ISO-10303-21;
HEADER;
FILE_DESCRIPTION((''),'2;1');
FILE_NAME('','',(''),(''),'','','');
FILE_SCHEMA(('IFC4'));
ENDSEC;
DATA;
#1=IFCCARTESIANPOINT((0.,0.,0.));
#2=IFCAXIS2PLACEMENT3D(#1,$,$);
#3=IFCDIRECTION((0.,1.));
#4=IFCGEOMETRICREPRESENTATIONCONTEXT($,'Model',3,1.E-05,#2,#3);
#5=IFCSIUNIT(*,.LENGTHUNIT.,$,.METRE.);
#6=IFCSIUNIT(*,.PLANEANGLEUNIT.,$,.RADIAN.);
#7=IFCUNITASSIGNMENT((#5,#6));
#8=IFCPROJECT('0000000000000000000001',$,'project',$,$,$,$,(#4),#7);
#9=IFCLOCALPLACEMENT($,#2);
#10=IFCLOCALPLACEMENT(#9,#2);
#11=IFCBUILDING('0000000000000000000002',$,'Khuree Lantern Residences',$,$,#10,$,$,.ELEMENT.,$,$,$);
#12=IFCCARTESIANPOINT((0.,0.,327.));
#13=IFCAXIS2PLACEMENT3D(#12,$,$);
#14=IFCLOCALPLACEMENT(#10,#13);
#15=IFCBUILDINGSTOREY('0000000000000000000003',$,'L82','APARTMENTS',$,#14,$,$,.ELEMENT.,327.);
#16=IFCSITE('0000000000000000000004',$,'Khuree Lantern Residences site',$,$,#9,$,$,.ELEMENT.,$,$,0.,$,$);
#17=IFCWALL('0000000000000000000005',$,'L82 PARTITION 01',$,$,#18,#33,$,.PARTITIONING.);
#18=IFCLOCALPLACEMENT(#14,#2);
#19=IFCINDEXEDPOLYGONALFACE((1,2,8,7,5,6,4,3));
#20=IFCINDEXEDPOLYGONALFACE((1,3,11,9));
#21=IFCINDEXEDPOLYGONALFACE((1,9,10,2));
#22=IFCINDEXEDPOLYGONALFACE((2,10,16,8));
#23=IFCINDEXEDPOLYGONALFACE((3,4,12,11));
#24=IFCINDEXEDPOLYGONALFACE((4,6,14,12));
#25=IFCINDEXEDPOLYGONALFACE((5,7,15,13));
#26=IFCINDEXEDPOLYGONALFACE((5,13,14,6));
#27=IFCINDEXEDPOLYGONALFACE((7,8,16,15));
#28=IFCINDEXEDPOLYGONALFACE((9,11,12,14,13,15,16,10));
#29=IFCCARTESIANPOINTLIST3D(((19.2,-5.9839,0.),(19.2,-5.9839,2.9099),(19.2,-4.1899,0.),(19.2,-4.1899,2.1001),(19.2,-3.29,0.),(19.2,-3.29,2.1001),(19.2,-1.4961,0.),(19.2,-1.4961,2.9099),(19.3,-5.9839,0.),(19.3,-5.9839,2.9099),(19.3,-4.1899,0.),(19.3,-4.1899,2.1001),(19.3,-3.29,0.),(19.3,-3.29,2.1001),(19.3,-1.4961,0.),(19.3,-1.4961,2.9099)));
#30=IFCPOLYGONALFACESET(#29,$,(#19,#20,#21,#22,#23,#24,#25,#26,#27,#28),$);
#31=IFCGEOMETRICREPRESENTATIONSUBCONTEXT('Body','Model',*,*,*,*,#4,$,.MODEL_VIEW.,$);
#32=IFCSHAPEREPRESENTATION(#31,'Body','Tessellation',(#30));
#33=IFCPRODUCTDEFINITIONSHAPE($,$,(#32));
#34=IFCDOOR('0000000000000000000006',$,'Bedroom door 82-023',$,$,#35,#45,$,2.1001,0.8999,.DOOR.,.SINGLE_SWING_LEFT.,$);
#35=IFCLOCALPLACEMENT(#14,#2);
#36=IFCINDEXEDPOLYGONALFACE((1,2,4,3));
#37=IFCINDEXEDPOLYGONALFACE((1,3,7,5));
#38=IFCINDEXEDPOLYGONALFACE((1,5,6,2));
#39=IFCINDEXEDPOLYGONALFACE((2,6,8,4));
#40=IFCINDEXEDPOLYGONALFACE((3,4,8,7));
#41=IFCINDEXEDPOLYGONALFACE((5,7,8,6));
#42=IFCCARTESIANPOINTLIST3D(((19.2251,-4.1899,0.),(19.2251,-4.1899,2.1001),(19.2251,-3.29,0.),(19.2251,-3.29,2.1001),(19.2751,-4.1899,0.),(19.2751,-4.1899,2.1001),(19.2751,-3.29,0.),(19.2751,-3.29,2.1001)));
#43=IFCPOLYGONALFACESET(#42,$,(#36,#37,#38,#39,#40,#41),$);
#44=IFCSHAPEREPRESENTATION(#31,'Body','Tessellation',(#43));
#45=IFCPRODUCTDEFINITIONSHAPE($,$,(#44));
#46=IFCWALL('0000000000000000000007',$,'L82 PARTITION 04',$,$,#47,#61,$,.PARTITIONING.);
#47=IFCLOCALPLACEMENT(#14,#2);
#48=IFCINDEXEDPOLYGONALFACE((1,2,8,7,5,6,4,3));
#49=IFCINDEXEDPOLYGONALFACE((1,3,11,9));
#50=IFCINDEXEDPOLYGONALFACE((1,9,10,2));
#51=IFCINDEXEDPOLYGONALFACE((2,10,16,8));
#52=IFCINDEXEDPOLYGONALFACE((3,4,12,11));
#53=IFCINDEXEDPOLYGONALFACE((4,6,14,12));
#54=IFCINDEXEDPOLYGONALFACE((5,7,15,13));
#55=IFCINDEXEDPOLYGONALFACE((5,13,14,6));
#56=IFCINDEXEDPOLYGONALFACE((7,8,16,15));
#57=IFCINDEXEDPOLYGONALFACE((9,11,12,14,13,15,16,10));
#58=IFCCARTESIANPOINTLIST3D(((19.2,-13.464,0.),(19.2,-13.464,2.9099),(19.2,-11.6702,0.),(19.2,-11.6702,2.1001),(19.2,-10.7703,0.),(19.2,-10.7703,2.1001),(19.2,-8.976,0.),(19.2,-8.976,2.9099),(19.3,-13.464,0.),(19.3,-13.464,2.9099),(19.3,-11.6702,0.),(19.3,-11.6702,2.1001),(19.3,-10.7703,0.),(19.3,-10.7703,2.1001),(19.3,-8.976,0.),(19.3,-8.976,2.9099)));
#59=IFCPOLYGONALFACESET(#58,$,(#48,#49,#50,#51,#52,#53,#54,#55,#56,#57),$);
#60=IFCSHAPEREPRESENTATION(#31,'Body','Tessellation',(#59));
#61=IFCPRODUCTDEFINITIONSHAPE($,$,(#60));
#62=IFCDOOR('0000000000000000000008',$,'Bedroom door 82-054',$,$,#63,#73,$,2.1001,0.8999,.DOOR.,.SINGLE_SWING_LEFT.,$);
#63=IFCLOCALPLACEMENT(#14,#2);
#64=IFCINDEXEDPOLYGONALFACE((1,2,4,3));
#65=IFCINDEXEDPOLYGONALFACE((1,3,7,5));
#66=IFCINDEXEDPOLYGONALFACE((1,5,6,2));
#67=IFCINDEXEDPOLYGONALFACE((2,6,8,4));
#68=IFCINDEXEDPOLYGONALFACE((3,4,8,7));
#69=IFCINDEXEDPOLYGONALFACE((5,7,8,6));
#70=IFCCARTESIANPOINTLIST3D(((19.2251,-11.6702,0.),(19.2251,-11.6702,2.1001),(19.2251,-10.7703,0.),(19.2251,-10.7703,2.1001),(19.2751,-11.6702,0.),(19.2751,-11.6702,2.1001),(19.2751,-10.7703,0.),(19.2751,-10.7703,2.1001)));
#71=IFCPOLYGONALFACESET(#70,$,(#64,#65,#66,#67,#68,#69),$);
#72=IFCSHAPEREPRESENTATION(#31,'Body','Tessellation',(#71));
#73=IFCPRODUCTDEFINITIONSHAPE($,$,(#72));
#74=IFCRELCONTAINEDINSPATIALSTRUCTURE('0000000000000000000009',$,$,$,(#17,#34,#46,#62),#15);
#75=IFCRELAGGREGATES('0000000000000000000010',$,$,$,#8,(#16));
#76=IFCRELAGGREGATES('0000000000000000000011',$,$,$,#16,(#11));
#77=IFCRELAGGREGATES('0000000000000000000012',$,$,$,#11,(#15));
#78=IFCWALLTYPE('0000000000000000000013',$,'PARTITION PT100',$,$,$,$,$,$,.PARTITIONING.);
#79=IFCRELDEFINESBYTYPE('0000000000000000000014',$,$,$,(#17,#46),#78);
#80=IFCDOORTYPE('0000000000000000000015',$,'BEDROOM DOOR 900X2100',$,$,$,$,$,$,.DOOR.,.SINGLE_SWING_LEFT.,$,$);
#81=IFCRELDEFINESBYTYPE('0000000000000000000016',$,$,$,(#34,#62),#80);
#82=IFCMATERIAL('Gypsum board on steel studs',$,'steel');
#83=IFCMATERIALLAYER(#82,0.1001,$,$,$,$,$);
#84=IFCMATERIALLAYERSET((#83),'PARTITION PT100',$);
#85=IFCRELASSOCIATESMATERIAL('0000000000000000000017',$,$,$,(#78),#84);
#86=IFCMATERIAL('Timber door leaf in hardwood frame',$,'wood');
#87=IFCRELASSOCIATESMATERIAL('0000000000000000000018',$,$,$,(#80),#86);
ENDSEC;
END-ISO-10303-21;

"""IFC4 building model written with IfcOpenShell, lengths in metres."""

from ifc_helpers import new_model, si_unit, direction, frame, frame_2d, origin, place, context, subcontext, project, spatial, rectangle, extrude, material, layer, layer_set, type_object, element, fill, save


model = new_model("IFC4")

# Units and contexts
model_context = context("Model", 3, precision=1e-05, world=origin(), true_north=direction((0.0, 1.0)))
body_context = subcontext(model_context, "Body", "Model", "MODEL_VIEW")
ifc_project = project(units=[si_unit("LENGTHUNIT", "METRE"), si_unit("PLANEANGLEUNIT", "RADIAN")], contexts=[model_context])

# Site, building, storey
site_placement = place(None, origin())
site = spatial("IfcSite", under=ifc_project, at=site_placement, Name="Khuree Lantern Residences site", CompositionType="ELEMENT", RefElevation=0.0)
building_placement = place(site_placement, origin())
building = spatial("IfcBuilding", under=site, at=building_placement, Name="Khuree Lantern Residences", CompositionType="ELEMENT")
storey_placement = place(building_placement, frame((0.0, 0.0, 327.0)))
storey = spatial("IfcBuildingStorey", under=building, at=storey_placement, Name="L82", Description="APARTMENTS", CompositionType="ELEMENT", Elevation=327.0)

# Shared definitions
ifc_material_1 = material(Name="Gypsum board on steel studs", Category="steel")

# Shared definitions
ifc_material_2 = material(Name="Timber door leaf in hardwood frame", Category="wood")

# Shared definitions
ifc_layer_1 = layer(ifc_material_1, 0.1001)
ifc_layer_set_1 = layer_set([ifc_layer_1], Name="PARTITION PT100")
wall_type_1 = type_object("IfcWallType", Name="PARTITION PT100", PredefinedType="PARTITIONING", material=ifc_layer_set_1)

# Walls, openings, doors
wall_1_placement = place(storey_placement, frame((19.25, -5.9839, 0.0), z_axis=(0.0, 0.0, 1.0), x_axis=(0.0, 1.0, 0.0)))
wall_1 = element("IfcWall", 1, at=wall_1_placement, inside=storey, type_object=wall_type_1, Name="L82 PARTITION 01", PredefinedType="PARTITIONING", context=body_context, shape_type="SweptSolid", body=[
    extrude(rectangle(XDim=4.4878, YDim=0.1001, at=frame_2d((2.2439, 0.0))), origin(), (0.0, 0.0, 1.0), 2.9099),
])
opening_1_placement = place(wall_1_placement, frame((1.7939, 0.0, 0.0)))
opening_1 = element("IfcOpeningElement", 2, at=opening_1_placement, cuts=wall_1, PredefinedType="OPENING", context=body_context, shape_type="SweptSolid", body=[
    extrude(rectangle(XDim=0.8999, YDim=2.1001, at=frame_2d((0.45, 1.05))), frame((0.0, 0.0601, 0.0), z_axis=(0.0, -1.0, 0.0), x_axis=(1.0, 0.0, 0.0)), (0.0, 0.0, 1.0), 0.1201),
])
door_type_1 = type_object("IfcDoorType", Name="BEDROOM DOOR 900X2100", OperationType="SINGLE_SWING_LEFT", PredefinedType="DOOR", material=ifc_material_2)
door_1_placement = place(opening_1_placement, origin())
door_1 = element("IfcDoor", 3, at=door_1_placement, inside=storey, type_object=door_type_1, Name="Bedroom door 82-023", OperationType="SINGLE_SWING_LEFT", OverallHeight=2.1001, OverallWidth=0.8999, PredefinedType="DOOR", context=body_context, shape_type="SweptSolid", body=[
    extrude(rectangle(XDim=0.8999, YDim=2.1001, at=frame_2d((0.45, 1.05))), frame((0.0, 0.0249, 0.0), z_axis=(0.0, -1.0, 0.0), x_axis=(1.0, 0.0, 0.0)), (0.0, 0.0, 1.0), 0.05),
])
fill(opening_1, door_1)
wall_2_placement = place(storey_placement, frame((19.25, -13.4641, 0.0), z_axis=(0.0, 0.0, 1.0), x_axis=(0.0, 1.0, 0.0)))
wall_2 = element("IfcWall", 4, at=wall_2_placement, inside=storey, type_object=wall_type_1, Name="L82 PARTITION 04", PredefinedType="PARTITIONING", context=body_context, shape_type="SweptSolid", body=[
    extrude(rectangle(XDim=4.488, YDim=0.1001, at=frame_2d((2.2441, 0.0))), origin(), (0.0, 0.0, 1.0), 2.9099),
])
opening_2_placement = place(wall_2_placement, frame((1.7939, 0.0, 0.0)))
opening_2 = element("IfcOpeningElement", 5, at=opening_2_placement, cuts=wall_2, PredefinedType="OPENING", context=body_context, shape_type="SweptSolid", body=[
    extrude(rectangle(XDim=0.8999, YDim=2.1001, at=frame_2d((0.45, 1.05))), frame((0.0, 0.0601, 0.0), z_axis=(0.0, -1.0, 0.0), x_axis=(1.0, 0.0, 0.0)), (0.0, 0.0, 1.0), 0.1201),
])
door_2_placement = place(opening_2_placement, origin())
door_2 = element("IfcDoor", 6, at=door_2_placement, inside=storey, type_object=door_type_1, Name="Bedroom door 82-054", OperationType="SINGLE_SWING_LEFT", OverallHeight=2.1001, OverallWidth=0.8999, PredefinedType="DOOR", context=body_context, shape_type="SweptSolid", body=[
    extrude(rectangle(XDim=0.8999, YDim=2.1001, at=frame_2d((0.45, 1.05))), frame((0.0, 0.0249, 0.0), z_axis=(0.0, -1.0, 0.0), x_axis=(1.0, 0.0, 0.0)), (0.0, 0.0, 1.0), 0.05),
])
fill(opening_2, door_2)

save(model, "model.ifc")
